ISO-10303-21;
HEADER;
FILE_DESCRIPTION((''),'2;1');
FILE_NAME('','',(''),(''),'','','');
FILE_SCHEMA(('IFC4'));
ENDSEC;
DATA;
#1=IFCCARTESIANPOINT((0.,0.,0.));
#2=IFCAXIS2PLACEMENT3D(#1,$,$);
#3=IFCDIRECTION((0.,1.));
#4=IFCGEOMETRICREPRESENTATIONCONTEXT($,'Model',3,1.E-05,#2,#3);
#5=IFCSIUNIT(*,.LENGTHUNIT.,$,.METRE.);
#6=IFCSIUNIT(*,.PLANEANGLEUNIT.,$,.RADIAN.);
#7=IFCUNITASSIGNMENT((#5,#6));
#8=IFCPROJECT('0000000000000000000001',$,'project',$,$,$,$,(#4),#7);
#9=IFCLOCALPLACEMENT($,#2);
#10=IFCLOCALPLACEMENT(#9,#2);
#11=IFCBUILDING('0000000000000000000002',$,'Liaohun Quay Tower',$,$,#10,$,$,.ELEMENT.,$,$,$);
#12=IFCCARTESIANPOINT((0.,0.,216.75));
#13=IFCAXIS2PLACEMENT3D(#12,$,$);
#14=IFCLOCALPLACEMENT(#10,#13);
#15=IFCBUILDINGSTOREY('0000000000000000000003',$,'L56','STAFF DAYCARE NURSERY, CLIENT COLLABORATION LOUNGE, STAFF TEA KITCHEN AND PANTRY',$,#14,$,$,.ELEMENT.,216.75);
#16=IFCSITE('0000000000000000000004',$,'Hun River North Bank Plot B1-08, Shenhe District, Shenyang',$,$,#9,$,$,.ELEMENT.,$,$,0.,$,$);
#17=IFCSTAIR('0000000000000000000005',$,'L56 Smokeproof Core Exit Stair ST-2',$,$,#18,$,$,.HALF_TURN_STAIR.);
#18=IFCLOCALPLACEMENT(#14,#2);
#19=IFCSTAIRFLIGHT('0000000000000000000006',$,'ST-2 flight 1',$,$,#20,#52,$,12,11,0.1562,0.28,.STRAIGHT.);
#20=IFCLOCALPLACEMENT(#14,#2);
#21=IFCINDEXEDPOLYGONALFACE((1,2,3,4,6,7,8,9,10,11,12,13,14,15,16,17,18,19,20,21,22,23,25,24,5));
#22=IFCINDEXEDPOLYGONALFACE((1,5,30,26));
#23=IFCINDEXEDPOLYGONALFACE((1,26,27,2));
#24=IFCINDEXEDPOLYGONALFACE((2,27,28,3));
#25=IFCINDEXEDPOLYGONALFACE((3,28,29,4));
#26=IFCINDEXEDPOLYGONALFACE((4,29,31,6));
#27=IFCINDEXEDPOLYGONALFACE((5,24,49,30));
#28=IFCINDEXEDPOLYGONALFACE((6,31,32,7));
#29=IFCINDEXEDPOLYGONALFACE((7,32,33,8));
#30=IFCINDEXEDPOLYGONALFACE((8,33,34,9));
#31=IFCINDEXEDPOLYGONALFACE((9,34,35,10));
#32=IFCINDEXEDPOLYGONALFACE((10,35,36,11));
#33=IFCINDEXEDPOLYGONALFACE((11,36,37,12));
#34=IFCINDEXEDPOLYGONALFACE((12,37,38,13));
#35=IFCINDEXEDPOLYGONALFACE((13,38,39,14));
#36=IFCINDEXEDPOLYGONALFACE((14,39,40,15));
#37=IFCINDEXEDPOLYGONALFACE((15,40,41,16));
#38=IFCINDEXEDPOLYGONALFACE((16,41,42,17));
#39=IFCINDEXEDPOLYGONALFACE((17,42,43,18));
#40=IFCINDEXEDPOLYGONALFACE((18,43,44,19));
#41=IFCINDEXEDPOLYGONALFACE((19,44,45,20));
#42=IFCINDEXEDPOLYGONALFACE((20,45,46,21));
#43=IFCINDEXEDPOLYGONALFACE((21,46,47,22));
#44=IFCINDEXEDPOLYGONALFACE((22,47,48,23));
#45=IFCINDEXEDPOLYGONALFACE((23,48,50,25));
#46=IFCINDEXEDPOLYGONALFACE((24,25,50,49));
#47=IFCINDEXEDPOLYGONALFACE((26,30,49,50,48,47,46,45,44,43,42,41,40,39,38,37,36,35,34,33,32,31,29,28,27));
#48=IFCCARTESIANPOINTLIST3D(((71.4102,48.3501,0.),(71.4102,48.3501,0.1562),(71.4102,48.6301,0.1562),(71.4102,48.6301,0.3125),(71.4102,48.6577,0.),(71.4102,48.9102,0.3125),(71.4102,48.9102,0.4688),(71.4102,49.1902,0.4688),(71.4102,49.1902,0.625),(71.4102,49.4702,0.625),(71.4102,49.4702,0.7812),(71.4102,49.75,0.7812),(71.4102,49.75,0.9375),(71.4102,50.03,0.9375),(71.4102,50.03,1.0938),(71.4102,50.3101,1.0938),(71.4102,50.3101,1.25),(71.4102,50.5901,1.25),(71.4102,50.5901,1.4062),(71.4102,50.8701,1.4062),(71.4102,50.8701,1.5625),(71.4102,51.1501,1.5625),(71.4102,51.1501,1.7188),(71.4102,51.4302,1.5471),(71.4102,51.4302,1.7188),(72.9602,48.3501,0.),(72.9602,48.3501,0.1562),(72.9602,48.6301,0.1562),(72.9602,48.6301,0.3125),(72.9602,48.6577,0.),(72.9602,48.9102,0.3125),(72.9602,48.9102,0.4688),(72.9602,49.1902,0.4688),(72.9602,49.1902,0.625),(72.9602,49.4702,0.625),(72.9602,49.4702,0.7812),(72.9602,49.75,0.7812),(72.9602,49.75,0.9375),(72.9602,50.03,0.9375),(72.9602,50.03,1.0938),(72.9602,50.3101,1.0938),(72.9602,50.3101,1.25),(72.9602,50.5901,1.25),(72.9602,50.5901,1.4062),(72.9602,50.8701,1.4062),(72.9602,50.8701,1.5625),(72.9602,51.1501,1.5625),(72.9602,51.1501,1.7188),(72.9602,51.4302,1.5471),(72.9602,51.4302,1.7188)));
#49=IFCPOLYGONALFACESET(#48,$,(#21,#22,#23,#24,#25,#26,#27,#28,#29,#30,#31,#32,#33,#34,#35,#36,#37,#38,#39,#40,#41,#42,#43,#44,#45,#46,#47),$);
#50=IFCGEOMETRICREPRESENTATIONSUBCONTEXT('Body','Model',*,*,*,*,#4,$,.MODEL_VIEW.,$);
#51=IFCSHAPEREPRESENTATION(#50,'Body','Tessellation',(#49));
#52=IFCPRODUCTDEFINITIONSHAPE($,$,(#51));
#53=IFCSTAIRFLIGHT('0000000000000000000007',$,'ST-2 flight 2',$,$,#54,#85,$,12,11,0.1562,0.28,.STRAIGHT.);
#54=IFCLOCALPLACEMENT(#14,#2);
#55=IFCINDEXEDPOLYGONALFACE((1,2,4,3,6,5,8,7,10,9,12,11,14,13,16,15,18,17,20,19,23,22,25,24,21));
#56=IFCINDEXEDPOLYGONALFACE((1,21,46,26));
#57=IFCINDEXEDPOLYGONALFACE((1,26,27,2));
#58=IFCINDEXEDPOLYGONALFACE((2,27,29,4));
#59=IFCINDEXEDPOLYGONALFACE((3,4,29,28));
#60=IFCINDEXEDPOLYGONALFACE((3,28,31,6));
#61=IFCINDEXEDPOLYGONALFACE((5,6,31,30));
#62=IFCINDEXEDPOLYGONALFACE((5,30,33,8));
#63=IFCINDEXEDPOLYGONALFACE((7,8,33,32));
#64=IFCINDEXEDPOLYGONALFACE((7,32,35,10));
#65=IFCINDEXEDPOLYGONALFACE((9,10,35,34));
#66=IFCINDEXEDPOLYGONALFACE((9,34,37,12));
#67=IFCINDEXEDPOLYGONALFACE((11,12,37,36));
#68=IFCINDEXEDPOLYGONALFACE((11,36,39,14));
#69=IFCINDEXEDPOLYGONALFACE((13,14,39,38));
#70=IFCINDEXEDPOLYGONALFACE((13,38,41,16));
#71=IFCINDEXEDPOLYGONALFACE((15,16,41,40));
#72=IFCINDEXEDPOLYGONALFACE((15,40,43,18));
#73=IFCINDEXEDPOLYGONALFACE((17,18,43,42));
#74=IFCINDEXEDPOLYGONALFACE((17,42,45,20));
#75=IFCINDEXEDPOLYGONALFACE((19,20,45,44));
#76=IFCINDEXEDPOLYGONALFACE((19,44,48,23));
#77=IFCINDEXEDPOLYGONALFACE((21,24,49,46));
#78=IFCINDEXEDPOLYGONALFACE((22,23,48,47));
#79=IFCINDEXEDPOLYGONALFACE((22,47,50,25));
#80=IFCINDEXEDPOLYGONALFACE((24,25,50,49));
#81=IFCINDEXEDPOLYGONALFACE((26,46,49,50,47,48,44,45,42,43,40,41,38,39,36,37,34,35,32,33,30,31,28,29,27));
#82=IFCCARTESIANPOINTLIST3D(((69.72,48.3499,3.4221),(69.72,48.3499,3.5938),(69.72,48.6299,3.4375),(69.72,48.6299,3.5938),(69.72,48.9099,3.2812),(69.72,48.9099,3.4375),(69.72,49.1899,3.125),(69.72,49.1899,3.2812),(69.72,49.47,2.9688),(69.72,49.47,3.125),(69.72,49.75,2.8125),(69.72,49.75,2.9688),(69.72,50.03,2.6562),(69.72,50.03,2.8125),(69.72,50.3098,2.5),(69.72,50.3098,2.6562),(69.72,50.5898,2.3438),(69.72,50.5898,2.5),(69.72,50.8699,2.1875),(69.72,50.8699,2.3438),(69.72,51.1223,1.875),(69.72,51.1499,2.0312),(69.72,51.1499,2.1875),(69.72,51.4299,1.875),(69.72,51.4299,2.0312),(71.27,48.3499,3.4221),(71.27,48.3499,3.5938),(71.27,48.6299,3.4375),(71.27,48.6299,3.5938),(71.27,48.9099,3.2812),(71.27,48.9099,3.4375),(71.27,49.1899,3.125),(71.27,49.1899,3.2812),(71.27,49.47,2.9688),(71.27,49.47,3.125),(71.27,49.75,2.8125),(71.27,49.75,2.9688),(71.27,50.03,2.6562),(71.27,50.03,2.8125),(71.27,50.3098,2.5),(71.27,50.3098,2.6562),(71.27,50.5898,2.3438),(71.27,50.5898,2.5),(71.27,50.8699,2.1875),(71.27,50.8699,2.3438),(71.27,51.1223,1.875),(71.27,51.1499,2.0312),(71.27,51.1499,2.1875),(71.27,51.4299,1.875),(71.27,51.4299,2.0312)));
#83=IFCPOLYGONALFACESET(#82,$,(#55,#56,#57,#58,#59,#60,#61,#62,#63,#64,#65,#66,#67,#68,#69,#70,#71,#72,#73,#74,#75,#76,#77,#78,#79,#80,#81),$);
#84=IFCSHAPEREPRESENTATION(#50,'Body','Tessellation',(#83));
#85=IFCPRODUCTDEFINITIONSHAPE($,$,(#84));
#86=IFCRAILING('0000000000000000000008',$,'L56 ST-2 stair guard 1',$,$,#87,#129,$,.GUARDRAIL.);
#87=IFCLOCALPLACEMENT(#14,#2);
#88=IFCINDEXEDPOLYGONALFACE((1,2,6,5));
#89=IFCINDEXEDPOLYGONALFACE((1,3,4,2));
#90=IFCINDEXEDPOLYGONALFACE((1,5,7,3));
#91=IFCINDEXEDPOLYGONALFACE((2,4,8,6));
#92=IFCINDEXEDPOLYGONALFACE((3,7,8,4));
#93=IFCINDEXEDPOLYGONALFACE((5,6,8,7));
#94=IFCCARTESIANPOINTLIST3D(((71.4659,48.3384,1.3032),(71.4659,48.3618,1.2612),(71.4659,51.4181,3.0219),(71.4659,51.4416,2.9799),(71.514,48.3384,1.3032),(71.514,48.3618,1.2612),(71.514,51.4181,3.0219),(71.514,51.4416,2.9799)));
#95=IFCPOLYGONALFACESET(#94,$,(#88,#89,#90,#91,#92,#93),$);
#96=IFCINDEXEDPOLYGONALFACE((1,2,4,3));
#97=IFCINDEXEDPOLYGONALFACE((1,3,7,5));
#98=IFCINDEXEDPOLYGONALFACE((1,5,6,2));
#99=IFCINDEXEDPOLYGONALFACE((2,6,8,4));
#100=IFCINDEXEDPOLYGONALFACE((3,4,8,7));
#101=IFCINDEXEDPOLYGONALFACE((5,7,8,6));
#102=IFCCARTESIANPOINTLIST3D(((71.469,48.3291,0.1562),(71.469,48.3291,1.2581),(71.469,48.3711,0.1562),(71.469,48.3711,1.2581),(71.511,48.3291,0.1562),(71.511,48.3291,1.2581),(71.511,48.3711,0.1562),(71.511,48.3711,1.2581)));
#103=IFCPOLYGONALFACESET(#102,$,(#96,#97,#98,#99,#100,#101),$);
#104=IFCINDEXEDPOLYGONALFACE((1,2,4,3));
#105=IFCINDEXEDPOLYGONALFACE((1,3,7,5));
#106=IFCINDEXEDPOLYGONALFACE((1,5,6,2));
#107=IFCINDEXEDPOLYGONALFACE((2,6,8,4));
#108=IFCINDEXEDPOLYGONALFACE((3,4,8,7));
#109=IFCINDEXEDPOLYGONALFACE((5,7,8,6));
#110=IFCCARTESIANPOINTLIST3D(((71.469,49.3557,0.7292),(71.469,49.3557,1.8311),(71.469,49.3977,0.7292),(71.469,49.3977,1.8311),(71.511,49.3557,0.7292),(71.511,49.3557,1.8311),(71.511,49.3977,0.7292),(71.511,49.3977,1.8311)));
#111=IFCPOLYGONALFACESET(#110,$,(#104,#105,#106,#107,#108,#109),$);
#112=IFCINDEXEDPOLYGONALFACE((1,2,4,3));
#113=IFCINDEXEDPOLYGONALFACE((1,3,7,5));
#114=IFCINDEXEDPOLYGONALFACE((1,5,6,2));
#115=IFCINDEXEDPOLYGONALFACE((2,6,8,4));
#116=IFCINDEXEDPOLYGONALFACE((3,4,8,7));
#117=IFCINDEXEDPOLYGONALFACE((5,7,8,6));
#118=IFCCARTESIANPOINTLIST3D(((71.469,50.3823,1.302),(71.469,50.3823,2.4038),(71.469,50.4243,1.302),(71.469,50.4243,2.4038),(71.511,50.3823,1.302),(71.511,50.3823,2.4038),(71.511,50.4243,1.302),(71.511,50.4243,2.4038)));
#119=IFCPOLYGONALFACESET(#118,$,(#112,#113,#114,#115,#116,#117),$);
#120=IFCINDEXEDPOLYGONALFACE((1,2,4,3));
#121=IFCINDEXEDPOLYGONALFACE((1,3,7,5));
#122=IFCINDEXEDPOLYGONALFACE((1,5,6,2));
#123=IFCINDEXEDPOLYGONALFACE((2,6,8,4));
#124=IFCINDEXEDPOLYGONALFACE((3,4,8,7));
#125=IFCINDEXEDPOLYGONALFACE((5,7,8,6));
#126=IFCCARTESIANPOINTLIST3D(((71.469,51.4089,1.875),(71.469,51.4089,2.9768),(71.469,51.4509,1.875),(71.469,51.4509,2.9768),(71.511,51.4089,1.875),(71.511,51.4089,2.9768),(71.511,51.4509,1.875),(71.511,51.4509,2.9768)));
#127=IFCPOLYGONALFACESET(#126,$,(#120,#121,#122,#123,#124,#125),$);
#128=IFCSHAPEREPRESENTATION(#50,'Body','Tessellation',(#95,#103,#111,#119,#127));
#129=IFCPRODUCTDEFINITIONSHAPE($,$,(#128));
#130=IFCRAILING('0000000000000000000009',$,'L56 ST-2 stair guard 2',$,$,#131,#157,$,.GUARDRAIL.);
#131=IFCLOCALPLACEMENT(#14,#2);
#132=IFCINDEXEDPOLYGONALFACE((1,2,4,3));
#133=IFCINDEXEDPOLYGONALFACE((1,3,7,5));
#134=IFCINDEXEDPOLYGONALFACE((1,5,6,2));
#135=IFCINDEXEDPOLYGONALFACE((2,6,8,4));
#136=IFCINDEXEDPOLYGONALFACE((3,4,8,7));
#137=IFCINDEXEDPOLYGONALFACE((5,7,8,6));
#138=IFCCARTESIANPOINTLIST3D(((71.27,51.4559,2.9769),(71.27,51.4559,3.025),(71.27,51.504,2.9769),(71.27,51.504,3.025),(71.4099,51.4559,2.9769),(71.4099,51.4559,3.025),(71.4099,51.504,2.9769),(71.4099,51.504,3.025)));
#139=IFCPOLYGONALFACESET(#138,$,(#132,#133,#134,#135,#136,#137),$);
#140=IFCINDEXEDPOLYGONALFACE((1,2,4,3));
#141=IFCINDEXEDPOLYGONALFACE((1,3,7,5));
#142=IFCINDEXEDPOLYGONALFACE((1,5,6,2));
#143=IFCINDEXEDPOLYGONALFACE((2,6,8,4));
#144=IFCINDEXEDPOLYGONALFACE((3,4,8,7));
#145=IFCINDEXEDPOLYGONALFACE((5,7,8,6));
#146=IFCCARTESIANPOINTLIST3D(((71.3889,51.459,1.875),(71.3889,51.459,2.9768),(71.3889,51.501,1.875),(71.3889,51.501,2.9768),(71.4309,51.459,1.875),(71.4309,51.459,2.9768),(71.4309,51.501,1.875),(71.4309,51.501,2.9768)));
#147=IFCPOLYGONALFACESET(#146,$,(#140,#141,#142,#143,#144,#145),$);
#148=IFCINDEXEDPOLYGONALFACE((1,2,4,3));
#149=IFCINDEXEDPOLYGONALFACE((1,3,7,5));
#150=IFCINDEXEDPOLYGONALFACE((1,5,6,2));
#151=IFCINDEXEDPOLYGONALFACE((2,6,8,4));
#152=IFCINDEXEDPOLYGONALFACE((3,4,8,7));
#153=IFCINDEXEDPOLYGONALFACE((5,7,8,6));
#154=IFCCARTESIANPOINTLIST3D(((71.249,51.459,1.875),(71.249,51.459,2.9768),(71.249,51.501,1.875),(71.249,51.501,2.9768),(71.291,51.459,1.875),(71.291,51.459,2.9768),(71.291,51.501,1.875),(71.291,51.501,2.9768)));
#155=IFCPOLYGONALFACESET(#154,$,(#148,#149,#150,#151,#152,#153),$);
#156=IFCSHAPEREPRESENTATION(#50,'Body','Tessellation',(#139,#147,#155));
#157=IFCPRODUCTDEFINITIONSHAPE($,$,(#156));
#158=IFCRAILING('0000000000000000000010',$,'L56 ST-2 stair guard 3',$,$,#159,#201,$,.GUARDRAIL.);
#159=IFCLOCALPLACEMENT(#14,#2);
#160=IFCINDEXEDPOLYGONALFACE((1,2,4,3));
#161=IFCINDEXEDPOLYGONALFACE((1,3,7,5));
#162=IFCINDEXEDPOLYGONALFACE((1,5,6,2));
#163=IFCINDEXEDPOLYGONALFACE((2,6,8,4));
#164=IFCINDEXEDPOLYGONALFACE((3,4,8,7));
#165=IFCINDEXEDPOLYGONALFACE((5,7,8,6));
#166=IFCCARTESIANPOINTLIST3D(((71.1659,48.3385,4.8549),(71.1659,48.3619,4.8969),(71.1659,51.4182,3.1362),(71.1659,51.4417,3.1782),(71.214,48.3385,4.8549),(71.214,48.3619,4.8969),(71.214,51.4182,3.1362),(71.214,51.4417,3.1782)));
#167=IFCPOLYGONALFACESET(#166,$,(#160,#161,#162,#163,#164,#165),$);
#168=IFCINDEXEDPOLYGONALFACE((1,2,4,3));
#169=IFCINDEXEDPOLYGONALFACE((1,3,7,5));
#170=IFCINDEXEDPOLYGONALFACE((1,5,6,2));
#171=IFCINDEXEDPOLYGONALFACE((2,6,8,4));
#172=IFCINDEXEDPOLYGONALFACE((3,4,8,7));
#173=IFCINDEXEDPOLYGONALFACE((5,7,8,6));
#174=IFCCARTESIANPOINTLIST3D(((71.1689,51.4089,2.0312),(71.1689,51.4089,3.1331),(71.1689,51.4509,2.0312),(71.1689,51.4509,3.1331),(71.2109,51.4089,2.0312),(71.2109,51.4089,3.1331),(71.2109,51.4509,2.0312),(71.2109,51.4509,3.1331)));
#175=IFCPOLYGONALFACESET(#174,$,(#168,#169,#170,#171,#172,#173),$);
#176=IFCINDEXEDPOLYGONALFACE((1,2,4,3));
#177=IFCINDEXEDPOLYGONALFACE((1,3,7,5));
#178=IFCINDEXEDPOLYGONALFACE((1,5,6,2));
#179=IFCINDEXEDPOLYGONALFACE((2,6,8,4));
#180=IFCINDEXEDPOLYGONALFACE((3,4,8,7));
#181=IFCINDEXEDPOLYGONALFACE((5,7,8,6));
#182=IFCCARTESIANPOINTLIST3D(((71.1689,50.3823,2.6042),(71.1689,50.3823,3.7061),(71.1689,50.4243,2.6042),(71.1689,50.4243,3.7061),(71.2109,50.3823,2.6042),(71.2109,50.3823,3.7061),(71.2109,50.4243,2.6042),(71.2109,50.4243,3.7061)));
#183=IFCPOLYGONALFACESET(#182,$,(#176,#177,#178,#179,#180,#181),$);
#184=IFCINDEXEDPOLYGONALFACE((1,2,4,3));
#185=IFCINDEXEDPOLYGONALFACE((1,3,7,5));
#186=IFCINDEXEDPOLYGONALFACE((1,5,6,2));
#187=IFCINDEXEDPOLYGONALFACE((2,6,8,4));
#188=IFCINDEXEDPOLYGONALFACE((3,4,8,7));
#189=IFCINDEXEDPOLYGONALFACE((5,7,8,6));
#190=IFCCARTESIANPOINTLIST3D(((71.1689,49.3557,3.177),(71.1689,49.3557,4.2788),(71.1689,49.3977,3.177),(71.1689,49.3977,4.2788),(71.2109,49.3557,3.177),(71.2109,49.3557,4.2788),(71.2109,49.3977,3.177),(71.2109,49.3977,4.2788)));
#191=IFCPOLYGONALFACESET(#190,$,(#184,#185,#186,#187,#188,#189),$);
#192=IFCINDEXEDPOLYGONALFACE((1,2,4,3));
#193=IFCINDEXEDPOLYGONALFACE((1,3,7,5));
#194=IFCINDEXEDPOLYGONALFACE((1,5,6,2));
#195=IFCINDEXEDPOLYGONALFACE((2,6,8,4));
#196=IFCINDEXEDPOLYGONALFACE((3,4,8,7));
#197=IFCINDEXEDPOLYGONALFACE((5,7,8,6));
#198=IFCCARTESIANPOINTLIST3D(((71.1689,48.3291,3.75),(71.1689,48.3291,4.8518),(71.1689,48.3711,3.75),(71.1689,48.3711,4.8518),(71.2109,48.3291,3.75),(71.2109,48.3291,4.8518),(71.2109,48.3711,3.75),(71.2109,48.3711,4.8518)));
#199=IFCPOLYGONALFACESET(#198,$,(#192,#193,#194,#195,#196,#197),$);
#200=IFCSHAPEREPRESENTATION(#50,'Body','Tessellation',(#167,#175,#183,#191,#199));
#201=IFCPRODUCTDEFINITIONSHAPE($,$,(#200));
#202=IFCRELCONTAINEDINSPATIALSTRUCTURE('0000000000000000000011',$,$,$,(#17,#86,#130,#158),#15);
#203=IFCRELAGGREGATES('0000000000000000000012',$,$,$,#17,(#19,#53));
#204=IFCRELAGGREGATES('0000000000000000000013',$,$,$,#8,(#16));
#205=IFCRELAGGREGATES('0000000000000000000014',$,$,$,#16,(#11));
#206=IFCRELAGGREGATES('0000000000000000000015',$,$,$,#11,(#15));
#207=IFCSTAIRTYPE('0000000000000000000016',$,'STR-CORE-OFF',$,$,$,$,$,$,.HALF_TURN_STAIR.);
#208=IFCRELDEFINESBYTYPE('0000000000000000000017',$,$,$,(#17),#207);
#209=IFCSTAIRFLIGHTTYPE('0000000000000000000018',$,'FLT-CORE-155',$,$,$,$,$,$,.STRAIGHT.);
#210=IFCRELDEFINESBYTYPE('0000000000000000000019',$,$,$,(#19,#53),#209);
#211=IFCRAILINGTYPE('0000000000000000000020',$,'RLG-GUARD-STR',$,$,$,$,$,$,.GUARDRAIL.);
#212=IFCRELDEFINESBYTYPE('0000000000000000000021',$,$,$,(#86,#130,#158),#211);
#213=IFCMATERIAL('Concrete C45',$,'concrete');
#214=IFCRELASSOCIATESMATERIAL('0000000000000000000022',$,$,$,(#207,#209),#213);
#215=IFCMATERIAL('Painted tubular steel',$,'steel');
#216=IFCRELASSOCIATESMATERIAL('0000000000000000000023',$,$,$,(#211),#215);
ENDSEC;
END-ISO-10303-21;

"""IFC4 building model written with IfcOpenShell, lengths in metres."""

from ifc_helpers import new_model, si_unit, direction, frame, origin, origin_2d, place, context, subcontext, project, spatial, polyline, rectangle, outline, extrude, material, type_object, element, aggregate, save


model = new_model("IFC4")

# Units and contexts
model_context = context("Model", 3, precision=1e-05, world=origin(), true_north=direction((0.0, 1.0)))
body_context = subcontext(model_context, "Body", "Model", "MODEL_VIEW")
ifc_project = project(units=[si_unit("LENGTHUNIT", "METRE"), si_unit("PLANEANGLEUNIT", "RADIAN")], contexts=[model_context])

# Site, building, storey
site_placement = place(None, origin())
site = spatial("IfcSite", under=ifc_project, at=site_placement, Name="Hun River North Bank Plot B1-08, Shenhe District, Shenyang", CompositionType="ELEMENT", RefElevation=0.0)
building_placement = place(site_placement, origin())
building = spatial("IfcBuilding", under=site, at=building_placement, Name="Liaohun Quay Tower", CompositionType="ELEMENT")
storey_placement = place(building_placement, frame((0.0, 0.0, 216.75)))
storey = spatial("IfcBuildingStorey", under=building, at=storey_placement, Name="L56", Description="STAFF DAYCARE NURSERY, CLIENT COLLABORATION LOUNGE, STAFF TEA KITCHEN AND PANTRY", CompositionType="ELEMENT", Elevation=216.75)

# Stair, stair flights
ifc_material_1 = material(Name="Concrete C45", Category="concrete")
stair_type = type_object("IfcStairType", Name="STR-CORE-OFF", PredefinedType="HALF_TURN_STAIR", material=ifc_material_1)
stair_placement = place(storey_placement, origin())
stair = element("IfcStair", 1, at=stair_placement, inside=storey, type_object=stair_type, Name="L56 Smokeproof Core Exit Stair ST-2", PredefinedType="HALF_TURN_STAIR")
stair_flight_type = type_object("IfcStairFlightType", Name="FLT-CORE-155", PredefinedType="STRAIGHT", material=ifc_material_1)
stair_flight_1_placement = place(storey_placement, frame((72.1851, 48.3501, 0.0), z_axis=(0.0, 0.0, 1.0), x_axis=(0.0, 1.0, 0.0)))
stair_flight_1 = element("IfcStairFlight", 2, at=stair_flight_1_placement, type_object=stair_flight_type, Name="ST-2 flight 1", NumberOfRisers=12, NumberOfTreads=11, PredefinedType="STRAIGHT", RiserHeight=0.1562, TreadLength=0.28, context=body_context, shape_type="SweptSolid", body=[
    extrude(outline(polyline([(0.0, 0.0), (0.0, 0.1562), (0.28, 0.1562), (0.28, 0.3125), (0.5601, 0.3125), (0.5601, 0.4688), (0.8401, 0.4688), (0.8401, 0.625), (1.1201, 0.625), (1.1201, 0.7812), (1.3999, 0.7812), (1.3999, 0.9375), (1.6799, 0.9375), (1.6799, 1.0938), (1.96, 1.0938), (1.96, 1.25), (2.24, 1.25), (2.24, 1.4062), (2.52, 1.4062), (2.52, 1.5625), (2.8, 1.5625), (2.8, 1.7188), (3.0801, 1.7188), (3.0801, 1.875), (3.0801, 1.5471), (0.3076, 0.0), (0.0, 0.0)])), frame((0.0, 0.7749, 0.0), z_axis=(0.0, -1.0, 0.0), x_axis=(1.0, 0.0, 0.0)), (0.0, 0.0, 1.0), 1.55),
])
stair_flight_2_placement = place(storey_placement, frame((70.4951, 51.4299, 1.875), z_axis=(0.0, 0.0, 1.0), x_axis=(0.0, -1.0, 0.0)))
stair_flight_2 = element("IfcStairFlight", 3, at=stair_flight_2_placement, type_object=stair_flight_type, Name="ST-2 flight 2", NumberOfRisers=12, NumberOfTreads=11, PredefinedType="STRAIGHT", RiserHeight=0.1562, TreadLength=0.28, context=body_context, shape_type="SweptSolid", body=[
    extrude(outline(polyline([(0.0, 0.0), (0.0, 0.1562), (0.28, 0.1562), (0.28, 0.3125), (0.5601, 0.3125), (0.5601, 0.4688), (0.8401, 0.4688), (0.8401, 0.625), (1.1201, 0.625), (1.1201, 0.7812), (1.3999, 0.7812), (1.3999, 0.9375), (1.6799, 0.9375), (1.6799, 1.0938), (1.96, 1.0938), (1.96, 1.25), (2.24, 1.25), (2.24, 1.4062), (2.52, 1.4062), (2.52, 1.5625), (2.8, 1.5625), (2.8, 1.7188), (3.0801, 1.7188), (3.0801, 1.875), (3.0801, 1.5471), (0.3076, 0.0), (0.0, 0.0)])), frame((0.0, 0.7749, 0.0), z_axis=(0.0, -1.0, 0.0), x_axis=(1.0, 0.0, 0.0)), (0.0, 0.0, 1.0), 1.55),
])
aggregate(stair, [stair_flight_1, stair_flight_2])

# Railings
ifc_material_2 = material(Name="Painted tubular steel", Category="steel")
railing_type_1 = type_object("IfcRailingType", Name="RLG-GUARD-STR", PredefinedType="GUARDRAIL", material=ifc_material_2)
railing_1_placement = place(storey_placement, frame((71.49, 48.3501, 0.1562)))
element("IfcRailing", 4, at=railing_1_placement, inside=storey, type_object=railing_type_1, Name="L56 ST-2 stair guard 1", PredefinedType="GUARDRAIL", context=body_context, shape_type="SweptSolid", body=[
    extrude(rectangle(XDim=0.0481, YDim=0.0481, at=origin_2d()), frame((0.0, 0.0, 1.126), z_axis=(0.0, 0.873225, 0.487317), x_axis=(-1.0, 0.0, 0.0)), (0.0, 0.0, 1.0), 3.5269),
    extrude(rectangle(XDim=0.042, YDim=0.042, at=origin_2d()), origin(), (0.0, 0.0, 1.0), 1.1018),
    extrude(rectangle(XDim=0.042, YDim=0.042, at=origin_2d()), frame((0.0, 1.0266, 0.573)), (0.0, 0.0, 1.0), 1.1018),
    extrude(rectangle(XDim=0.042, YDim=0.042, at=origin_2d()), frame((0.0, 2.0532, 1.1458)), (0.0, 0.0, 1.0), 1.1018),
    extrude(rectangle(XDim=0.042, YDim=0.042, at=origin_2d()), frame((0.0, 3.0798, 1.7188)), (0.0, 0.0, 1.0), 1.1018),
])
railing_2_placement = place(storey_placement, frame((71.4099, 51.48, 1.875)))
element("IfcRailing", 5, at=railing_2_placement, inside=storey, type_object=railing_type_1, Name="L56 ST-2 stair guard 2", PredefinedType="GUARDRAIL", context=body_context, shape_type="SweptSolid", body=[
    extrude(rectangle(XDim=0.0481, YDim=0.0481, at=origin_2d()), frame((0.0, 0.0, 1.126), z_axis=(-1.0, 0.0, 0.0), x_axis=(0.0, -1.0, 0.0)), (0.0, 0.0, 1.0), 0.1399),
    extrude(rectangle(XDim=0.042, YDim=0.042, at=origin_2d()), origin(), (0.0, 0.0, 1.0), 1.1018),
    extrude(rectangle(XDim=0.042, YDim=0.042, at=origin_2d()), frame((-0.1399, 0.0, 0.0)), (0.0, 0.0, 1.0), 1.1018),
])
railing_3_placement = place(storey_placement, frame((71.1899, 51.4299, 2.0312)))
element("IfcRailing", 6, at=railing_3_placement, inside=storey, type_object=railing_type_1, Name="L56 ST-2 stair guard 3", PredefinedType="GUARDRAIL", context=body_context, shape_type="SweptSolid", body=[
    extrude(rectangle(XDim=0.0481, YDim=0.0481, at=origin_2d()), frame((0.0, 0.0, 1.126), z_axis=(0.0, -0.873225, 0.487317), x_axis=(1.0, 0.0, 0.0)), (0.0, 0.0, 1.0), 3.5269),
    extrude(rectangle(XDim=0.042, YDim=0.042, at=origin_2d()), origin(), (0.0, 0.0, 1.0), 1.1018),
    extrude(rectangle(XDim=0.042, YDim=0.042, at=origin_2d()), frame((0.0, -1.0266, 0.573)), (0.0, 0.0, 1.0), 1.1018),
    extrude(rectangle(XDim=0.042, YDim=0.042, at=origin_2d()), frame((0.0, -2.0532, 1.1458)), (0.0, 0.0, 1.0), 1.1018),
    extrude(rectangle(XDim=0.042, YDim=0.042, at=origin_2d()), frame((0.0, -3.0798, 1.7188)), (0.0, 0.0, 1.0), 1.1018),
])

save(model, "model.ifc")
